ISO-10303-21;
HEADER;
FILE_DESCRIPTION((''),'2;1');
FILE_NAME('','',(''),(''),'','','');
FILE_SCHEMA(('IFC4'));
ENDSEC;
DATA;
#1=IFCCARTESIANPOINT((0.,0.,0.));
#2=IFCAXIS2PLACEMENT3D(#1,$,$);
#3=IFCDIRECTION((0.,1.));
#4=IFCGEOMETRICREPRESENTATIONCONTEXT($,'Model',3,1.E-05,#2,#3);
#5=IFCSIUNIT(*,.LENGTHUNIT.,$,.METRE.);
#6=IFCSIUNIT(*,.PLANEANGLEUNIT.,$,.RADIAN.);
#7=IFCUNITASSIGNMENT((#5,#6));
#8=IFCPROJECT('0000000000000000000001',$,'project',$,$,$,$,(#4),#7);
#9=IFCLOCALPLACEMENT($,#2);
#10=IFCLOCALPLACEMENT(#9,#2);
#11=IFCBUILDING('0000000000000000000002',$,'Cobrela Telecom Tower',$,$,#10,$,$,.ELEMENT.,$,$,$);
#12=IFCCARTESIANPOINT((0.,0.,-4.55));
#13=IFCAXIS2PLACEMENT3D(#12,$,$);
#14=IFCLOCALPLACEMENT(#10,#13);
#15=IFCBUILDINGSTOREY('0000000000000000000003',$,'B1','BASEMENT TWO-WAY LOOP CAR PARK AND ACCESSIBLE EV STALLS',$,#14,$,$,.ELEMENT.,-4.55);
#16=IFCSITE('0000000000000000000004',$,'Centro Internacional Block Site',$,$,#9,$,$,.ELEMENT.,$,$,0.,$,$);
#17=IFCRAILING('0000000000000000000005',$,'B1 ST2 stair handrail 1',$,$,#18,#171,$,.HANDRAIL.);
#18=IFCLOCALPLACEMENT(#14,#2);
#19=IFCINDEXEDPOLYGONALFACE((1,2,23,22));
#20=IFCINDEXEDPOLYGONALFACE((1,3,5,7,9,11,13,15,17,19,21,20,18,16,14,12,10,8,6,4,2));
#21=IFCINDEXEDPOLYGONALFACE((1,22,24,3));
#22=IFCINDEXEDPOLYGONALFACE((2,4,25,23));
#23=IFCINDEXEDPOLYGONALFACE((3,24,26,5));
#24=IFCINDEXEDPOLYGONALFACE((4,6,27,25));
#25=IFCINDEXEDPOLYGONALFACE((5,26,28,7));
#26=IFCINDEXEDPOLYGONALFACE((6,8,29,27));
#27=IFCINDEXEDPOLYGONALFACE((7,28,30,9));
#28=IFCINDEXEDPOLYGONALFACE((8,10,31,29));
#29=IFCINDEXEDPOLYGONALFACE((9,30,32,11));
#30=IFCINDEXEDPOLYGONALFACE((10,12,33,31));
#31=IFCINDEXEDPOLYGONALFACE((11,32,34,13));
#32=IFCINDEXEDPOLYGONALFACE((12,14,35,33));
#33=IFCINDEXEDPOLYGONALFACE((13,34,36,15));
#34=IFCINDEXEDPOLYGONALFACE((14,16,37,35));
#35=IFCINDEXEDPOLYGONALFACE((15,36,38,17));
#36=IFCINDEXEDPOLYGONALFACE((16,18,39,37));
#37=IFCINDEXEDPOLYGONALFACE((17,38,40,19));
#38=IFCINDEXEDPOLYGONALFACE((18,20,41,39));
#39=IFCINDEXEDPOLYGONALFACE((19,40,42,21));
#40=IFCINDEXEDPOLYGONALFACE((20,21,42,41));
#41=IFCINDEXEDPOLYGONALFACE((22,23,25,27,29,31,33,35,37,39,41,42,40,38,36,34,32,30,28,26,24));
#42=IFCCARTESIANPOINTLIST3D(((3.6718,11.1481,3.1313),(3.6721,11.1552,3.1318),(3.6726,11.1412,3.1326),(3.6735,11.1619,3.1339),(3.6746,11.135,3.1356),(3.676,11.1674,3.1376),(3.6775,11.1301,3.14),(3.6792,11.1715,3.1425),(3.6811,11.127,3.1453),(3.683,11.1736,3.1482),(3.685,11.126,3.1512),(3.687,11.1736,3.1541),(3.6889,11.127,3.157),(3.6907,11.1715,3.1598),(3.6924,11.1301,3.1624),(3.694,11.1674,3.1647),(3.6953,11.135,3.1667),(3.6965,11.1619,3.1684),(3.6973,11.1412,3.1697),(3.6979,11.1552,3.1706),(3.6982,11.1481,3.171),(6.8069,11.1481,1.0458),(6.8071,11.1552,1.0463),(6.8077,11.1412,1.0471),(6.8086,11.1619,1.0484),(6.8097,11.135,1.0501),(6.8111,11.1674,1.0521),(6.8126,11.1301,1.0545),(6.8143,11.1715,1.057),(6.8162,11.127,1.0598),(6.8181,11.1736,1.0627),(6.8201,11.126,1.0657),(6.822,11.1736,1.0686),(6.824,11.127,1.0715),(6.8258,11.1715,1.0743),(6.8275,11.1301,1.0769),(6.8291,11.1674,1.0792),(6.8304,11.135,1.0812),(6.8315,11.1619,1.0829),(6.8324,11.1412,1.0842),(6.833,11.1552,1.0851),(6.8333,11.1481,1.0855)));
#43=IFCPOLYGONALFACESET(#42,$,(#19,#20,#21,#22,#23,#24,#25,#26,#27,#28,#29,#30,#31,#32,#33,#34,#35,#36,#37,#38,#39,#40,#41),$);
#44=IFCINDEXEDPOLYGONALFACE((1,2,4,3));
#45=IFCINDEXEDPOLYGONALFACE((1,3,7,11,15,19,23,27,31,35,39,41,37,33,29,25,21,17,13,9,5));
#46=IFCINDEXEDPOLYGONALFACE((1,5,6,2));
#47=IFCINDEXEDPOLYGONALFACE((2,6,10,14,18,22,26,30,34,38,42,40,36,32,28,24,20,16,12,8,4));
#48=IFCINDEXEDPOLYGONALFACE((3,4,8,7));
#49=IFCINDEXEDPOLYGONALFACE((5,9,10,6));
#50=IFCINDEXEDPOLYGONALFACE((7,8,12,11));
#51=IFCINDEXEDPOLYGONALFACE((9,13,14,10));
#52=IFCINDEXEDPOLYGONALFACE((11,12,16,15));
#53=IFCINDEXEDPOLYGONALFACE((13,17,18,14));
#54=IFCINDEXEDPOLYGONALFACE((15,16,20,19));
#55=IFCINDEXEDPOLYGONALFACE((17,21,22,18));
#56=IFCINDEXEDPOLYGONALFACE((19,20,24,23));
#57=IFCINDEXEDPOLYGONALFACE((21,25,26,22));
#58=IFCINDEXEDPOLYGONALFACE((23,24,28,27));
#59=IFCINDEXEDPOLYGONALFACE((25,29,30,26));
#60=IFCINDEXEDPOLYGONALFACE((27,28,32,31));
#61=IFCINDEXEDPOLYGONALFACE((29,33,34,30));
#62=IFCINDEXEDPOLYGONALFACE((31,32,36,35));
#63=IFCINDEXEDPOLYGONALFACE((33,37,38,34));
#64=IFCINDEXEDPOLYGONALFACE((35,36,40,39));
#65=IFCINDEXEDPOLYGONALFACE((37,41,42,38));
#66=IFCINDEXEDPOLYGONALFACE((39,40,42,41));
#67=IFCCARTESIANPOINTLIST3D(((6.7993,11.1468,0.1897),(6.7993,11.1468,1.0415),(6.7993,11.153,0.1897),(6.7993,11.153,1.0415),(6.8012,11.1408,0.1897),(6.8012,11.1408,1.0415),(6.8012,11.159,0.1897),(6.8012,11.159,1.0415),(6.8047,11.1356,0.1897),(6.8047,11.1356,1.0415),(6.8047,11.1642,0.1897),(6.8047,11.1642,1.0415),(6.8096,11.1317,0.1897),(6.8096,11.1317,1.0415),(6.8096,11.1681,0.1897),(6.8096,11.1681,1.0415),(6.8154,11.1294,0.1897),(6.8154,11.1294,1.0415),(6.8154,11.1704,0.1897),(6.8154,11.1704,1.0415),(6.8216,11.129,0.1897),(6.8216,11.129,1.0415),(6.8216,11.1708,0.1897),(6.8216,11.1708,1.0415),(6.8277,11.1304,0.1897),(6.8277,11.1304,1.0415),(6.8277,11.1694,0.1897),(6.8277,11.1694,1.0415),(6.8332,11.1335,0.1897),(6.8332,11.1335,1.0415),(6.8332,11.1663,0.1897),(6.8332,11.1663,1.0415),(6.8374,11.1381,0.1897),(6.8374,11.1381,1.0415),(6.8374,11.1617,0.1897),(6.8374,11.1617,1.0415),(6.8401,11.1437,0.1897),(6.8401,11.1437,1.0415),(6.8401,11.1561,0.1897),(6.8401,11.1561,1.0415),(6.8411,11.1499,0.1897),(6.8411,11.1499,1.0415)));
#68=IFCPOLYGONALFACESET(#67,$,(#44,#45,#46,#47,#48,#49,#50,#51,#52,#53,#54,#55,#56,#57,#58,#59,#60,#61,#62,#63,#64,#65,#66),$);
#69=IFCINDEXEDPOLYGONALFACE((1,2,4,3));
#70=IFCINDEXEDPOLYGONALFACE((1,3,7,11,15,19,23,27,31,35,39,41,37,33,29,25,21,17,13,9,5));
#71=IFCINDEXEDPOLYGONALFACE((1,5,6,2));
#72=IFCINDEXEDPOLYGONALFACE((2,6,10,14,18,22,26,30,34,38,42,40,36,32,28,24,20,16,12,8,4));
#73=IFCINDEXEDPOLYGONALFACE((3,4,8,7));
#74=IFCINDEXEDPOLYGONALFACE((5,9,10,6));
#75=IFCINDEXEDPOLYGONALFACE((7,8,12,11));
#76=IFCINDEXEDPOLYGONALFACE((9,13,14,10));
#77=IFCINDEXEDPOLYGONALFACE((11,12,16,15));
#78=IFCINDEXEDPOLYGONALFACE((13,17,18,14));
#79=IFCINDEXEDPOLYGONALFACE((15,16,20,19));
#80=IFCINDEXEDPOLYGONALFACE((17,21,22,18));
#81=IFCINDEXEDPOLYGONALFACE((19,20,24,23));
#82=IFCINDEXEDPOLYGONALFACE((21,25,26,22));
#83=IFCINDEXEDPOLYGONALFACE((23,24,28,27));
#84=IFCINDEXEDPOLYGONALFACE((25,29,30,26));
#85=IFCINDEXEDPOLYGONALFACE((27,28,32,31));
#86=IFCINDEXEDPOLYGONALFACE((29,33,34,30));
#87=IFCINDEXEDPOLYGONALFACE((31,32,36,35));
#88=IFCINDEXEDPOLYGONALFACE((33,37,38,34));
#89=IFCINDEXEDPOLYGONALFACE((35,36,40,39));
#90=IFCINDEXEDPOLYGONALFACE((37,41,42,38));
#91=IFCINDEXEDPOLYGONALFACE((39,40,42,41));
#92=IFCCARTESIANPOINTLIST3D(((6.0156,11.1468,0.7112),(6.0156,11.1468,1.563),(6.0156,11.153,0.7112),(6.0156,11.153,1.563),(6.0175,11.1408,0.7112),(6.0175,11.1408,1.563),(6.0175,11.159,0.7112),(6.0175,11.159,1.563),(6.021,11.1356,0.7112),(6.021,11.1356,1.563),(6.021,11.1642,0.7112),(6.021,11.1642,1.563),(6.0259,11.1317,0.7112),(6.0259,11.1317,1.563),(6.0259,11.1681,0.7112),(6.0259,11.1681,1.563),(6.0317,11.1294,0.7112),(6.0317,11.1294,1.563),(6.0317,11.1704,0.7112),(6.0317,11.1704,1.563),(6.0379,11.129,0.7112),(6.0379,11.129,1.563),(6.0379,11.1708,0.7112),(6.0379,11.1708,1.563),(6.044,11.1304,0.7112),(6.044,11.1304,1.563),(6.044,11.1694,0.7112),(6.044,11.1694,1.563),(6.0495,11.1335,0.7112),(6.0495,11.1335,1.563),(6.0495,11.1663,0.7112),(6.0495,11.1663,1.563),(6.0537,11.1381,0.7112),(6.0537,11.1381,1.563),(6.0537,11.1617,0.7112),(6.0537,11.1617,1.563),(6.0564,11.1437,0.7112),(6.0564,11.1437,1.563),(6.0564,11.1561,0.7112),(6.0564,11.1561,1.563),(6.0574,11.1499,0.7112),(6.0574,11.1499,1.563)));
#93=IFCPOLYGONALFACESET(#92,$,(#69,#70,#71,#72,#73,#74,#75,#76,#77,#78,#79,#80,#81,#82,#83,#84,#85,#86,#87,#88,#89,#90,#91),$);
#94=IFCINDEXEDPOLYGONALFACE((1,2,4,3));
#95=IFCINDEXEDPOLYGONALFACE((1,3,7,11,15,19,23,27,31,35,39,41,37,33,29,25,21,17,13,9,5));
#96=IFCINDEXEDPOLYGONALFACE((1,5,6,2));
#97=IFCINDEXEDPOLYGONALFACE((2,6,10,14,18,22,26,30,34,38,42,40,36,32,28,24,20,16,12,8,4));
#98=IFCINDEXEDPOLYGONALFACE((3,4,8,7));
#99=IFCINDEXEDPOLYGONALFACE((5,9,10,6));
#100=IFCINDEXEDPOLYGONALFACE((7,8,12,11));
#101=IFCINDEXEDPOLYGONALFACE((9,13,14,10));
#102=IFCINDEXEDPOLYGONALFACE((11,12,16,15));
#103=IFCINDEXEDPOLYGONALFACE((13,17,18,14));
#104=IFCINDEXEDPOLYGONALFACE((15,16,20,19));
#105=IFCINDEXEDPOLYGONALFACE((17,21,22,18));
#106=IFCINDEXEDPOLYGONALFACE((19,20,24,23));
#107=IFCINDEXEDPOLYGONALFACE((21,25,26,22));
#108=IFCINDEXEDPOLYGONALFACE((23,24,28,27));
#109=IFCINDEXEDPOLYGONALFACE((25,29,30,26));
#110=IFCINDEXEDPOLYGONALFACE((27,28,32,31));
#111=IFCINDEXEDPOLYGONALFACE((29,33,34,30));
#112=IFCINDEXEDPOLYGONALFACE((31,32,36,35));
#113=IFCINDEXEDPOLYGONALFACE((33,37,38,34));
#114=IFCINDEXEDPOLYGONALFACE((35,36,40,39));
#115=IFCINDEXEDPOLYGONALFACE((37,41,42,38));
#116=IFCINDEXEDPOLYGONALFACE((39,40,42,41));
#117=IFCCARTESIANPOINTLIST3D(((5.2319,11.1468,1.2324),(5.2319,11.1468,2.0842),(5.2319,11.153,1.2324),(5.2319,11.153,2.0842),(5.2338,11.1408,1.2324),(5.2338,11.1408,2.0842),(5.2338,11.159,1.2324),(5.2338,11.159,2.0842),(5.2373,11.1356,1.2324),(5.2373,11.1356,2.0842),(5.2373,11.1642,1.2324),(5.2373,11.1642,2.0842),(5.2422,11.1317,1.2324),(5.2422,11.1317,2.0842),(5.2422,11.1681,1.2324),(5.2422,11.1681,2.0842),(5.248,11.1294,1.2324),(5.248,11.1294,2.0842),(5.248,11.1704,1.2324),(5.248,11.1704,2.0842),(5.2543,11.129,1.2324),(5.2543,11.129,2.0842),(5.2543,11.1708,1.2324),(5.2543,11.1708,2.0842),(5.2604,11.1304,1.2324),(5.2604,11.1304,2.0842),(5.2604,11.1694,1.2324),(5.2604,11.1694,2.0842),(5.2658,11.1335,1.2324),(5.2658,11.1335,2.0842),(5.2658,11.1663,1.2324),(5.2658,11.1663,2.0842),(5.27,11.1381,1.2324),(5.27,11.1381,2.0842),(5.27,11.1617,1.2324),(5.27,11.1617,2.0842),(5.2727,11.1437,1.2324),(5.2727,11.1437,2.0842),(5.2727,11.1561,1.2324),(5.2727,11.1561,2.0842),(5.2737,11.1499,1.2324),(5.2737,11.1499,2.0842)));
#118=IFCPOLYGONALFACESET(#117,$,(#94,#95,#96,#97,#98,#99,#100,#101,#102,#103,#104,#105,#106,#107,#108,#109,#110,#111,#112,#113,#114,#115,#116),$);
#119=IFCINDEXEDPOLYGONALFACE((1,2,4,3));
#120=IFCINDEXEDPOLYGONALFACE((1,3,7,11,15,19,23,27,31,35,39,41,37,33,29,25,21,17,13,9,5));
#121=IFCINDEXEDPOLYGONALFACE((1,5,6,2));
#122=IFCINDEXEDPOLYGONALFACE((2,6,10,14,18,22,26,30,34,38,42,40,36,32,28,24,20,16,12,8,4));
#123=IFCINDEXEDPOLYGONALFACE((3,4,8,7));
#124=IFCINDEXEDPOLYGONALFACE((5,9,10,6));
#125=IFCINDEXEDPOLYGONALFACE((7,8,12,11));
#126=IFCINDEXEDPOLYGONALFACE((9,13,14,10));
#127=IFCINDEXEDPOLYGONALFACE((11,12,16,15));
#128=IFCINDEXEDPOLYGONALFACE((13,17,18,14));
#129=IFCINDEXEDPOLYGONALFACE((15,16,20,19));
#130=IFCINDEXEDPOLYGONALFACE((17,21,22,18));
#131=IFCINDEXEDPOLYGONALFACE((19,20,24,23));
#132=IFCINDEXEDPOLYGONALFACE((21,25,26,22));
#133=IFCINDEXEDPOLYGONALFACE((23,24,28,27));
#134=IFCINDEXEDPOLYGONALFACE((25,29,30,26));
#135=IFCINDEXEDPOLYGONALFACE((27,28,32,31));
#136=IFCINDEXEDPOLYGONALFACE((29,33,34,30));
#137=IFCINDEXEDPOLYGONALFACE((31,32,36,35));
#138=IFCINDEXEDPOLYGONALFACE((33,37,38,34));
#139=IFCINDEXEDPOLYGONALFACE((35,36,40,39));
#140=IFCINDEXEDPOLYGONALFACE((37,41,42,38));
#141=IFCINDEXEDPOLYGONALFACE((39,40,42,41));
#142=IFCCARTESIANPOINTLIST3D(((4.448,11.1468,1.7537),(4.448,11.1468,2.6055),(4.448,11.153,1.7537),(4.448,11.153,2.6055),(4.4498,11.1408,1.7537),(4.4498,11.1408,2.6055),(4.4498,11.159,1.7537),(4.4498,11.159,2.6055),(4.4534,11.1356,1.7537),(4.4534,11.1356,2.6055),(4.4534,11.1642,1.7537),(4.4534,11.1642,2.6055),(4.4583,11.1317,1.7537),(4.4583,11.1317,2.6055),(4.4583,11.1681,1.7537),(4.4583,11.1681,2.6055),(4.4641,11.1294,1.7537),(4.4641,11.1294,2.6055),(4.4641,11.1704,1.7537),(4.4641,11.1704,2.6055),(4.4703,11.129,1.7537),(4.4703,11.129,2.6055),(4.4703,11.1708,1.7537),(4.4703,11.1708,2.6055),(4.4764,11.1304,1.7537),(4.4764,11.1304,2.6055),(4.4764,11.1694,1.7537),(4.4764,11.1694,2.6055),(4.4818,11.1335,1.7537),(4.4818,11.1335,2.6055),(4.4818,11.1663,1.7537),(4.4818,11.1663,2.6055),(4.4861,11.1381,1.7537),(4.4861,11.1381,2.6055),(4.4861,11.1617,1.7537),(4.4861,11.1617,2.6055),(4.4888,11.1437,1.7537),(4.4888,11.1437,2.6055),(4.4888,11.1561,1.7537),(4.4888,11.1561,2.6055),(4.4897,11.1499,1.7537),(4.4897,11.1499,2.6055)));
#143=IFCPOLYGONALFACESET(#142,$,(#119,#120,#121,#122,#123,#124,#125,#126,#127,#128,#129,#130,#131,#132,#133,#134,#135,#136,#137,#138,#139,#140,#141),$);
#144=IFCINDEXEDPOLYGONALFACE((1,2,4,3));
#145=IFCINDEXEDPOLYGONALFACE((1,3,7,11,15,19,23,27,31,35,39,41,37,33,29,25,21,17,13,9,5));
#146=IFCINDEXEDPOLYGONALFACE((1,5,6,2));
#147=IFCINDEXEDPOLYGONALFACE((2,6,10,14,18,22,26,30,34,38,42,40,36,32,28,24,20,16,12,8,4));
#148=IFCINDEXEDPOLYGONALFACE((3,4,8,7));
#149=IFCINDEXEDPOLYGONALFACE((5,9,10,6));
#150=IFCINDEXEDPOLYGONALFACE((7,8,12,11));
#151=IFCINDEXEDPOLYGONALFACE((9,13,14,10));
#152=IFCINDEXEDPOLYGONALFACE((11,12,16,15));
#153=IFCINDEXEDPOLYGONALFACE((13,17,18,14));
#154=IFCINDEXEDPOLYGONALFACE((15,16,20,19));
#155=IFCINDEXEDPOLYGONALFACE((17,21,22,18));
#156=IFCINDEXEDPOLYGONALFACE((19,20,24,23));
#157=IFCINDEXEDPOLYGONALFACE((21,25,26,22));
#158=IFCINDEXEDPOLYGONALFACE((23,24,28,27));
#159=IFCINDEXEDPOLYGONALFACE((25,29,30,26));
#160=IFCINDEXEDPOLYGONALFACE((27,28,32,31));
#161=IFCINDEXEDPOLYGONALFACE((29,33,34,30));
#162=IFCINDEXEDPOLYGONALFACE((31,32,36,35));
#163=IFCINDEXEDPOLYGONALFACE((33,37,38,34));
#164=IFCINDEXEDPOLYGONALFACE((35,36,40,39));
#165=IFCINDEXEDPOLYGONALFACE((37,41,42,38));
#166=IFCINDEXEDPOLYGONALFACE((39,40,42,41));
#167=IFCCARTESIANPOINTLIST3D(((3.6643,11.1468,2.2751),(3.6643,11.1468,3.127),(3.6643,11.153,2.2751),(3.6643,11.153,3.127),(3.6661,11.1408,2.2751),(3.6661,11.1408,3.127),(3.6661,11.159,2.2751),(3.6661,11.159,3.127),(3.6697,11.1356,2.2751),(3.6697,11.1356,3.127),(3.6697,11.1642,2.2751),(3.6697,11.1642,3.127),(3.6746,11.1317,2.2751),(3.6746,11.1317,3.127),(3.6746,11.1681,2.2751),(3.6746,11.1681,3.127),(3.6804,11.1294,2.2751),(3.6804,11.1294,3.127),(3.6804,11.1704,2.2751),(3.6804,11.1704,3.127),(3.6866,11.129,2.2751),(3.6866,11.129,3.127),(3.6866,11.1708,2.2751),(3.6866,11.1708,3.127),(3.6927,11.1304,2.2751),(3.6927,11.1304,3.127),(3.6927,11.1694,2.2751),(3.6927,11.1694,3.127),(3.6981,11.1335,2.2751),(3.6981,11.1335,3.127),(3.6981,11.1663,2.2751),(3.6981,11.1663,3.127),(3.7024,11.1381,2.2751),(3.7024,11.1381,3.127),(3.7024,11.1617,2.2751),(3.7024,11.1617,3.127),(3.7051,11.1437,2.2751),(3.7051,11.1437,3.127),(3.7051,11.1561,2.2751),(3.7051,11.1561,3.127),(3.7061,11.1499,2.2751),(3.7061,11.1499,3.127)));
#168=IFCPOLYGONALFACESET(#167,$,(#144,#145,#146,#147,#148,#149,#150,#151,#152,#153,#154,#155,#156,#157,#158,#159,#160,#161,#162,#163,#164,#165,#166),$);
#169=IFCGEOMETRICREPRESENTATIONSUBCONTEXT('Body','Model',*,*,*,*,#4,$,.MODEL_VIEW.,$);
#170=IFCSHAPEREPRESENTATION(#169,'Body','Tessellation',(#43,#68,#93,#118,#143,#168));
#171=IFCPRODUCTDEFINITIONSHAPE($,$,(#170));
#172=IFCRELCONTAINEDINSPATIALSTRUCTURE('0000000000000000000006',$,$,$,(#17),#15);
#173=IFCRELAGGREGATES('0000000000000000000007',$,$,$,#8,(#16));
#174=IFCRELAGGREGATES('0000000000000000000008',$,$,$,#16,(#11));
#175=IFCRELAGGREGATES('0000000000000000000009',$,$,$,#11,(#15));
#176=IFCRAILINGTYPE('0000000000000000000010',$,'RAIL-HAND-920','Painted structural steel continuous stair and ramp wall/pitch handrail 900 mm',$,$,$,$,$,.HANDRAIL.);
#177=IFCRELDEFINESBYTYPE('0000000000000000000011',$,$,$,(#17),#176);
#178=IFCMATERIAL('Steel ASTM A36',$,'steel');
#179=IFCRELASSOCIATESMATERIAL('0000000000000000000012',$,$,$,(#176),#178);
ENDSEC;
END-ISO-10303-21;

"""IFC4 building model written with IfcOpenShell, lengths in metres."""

from ifc_helpers import new_model, si_unit, direction, frame, origin, origin_2d, place, context, subcontext, project, spatial, circle, extrude, material, type_object, element, save


model = new_model("IFC4")

# Units and contexts
model_context = context("Model", 3, precision=1e-05, world=origin(), true_north=direction((0.0, 1.0)))
body_context = subcontext(model_context, "Body", "Model", "MODEL_VIEW")
ifc_project = project(units=[si_unit("LENGTHUNIT", "METRE"), si_unit("PLANEANGLEUNIT", "RADIAN")], contexts=[model_context])

# Site, building, storey
site_placement = place(None, origin())
site = spatial("IfcSite", under=ifc_project, at=site_placement, Name="Centro Internacional Block Site", CompositionType="ELEMENT", RefElevation=0.0)
building_placement = place(site_placement, origin())
building = spatial("IfcBuilding", under=site, at=building_placement, Name="Cobrela Telecom Tower", CompositionType="ELEMENT")
storey_placement = place(building_placement, frame((0.0, 0.0, -4.55)))
storey = spatial("IfcBuildingStorey", under=building, at=storey_placement, Name="B1", Description="BASEMENT TWO-WAY LOOP CAR PARK AND ACCESSIBLE EV STALLS", CompositionType="ELEMENT", Elevation=-4.55)

# Shared definitions
ifc_material_1 = material(Name="Steel ASTM A36", Category="steel")

# Railing
railing_type_1 = type_object("IfcRailingType", Name="RAIL-HAND-920", Description="Painted structural steel continuous stair and ramp wall/pitch handrail 900 mm", PredefinedType="HANDRAIL", material=ifc_material_1)
railing_1_placement = place(storey_placement, frame((6.8201, 11.1499, 0.1897)))
element("IfcRailing", 1, at=railing_1_placement, inside=storey, type_object=railing_type_1, Name="B1 ST2 stair handrail 1", PredefinedType="HANDRAIL", context=body_context, shape_type="SweptSolid", body=[
    extrude(circle(Radius=0.0239, at=origin_2d()), frame((0.0, 0.0, 0.876), z_axis=(-0.832608, 0.0, 0.553862), x_axis=(0.0, -1.0, 0.0)), (0.0, 0.0, 1.0), 3.7654),
    extrude(circle(Radius=0.021, at=origin_2d()), origin(), (0.0, 0.0, 1.0), 0.8518),
    extrude(circle(Radius=0.021, at=origin_2d()), frame((-0.7837, 0.0, 0.5215)), (0.0, 0.0, 1.0), 0.8518),
    extrude(circle(Radius=0.021, at=origin_2d()), frame((-1.5674, 0.0, 1.0427)), (0.0, 0.0, 1.0), 0.8518),
    extrude(circle(Radius=0.021, at=origin_2d()), frame((-2.3513, 0.0, 1.564)), (0.0, 0.0, 1.0), 0.8518),
    extrude(circle(Radius=0.021, at=origin_2d()), frame((-3.135, 0.0, 2.0854)), (0.0, 0.0, 1.0), 0.8518),
])

save(model, "model.ifc")
